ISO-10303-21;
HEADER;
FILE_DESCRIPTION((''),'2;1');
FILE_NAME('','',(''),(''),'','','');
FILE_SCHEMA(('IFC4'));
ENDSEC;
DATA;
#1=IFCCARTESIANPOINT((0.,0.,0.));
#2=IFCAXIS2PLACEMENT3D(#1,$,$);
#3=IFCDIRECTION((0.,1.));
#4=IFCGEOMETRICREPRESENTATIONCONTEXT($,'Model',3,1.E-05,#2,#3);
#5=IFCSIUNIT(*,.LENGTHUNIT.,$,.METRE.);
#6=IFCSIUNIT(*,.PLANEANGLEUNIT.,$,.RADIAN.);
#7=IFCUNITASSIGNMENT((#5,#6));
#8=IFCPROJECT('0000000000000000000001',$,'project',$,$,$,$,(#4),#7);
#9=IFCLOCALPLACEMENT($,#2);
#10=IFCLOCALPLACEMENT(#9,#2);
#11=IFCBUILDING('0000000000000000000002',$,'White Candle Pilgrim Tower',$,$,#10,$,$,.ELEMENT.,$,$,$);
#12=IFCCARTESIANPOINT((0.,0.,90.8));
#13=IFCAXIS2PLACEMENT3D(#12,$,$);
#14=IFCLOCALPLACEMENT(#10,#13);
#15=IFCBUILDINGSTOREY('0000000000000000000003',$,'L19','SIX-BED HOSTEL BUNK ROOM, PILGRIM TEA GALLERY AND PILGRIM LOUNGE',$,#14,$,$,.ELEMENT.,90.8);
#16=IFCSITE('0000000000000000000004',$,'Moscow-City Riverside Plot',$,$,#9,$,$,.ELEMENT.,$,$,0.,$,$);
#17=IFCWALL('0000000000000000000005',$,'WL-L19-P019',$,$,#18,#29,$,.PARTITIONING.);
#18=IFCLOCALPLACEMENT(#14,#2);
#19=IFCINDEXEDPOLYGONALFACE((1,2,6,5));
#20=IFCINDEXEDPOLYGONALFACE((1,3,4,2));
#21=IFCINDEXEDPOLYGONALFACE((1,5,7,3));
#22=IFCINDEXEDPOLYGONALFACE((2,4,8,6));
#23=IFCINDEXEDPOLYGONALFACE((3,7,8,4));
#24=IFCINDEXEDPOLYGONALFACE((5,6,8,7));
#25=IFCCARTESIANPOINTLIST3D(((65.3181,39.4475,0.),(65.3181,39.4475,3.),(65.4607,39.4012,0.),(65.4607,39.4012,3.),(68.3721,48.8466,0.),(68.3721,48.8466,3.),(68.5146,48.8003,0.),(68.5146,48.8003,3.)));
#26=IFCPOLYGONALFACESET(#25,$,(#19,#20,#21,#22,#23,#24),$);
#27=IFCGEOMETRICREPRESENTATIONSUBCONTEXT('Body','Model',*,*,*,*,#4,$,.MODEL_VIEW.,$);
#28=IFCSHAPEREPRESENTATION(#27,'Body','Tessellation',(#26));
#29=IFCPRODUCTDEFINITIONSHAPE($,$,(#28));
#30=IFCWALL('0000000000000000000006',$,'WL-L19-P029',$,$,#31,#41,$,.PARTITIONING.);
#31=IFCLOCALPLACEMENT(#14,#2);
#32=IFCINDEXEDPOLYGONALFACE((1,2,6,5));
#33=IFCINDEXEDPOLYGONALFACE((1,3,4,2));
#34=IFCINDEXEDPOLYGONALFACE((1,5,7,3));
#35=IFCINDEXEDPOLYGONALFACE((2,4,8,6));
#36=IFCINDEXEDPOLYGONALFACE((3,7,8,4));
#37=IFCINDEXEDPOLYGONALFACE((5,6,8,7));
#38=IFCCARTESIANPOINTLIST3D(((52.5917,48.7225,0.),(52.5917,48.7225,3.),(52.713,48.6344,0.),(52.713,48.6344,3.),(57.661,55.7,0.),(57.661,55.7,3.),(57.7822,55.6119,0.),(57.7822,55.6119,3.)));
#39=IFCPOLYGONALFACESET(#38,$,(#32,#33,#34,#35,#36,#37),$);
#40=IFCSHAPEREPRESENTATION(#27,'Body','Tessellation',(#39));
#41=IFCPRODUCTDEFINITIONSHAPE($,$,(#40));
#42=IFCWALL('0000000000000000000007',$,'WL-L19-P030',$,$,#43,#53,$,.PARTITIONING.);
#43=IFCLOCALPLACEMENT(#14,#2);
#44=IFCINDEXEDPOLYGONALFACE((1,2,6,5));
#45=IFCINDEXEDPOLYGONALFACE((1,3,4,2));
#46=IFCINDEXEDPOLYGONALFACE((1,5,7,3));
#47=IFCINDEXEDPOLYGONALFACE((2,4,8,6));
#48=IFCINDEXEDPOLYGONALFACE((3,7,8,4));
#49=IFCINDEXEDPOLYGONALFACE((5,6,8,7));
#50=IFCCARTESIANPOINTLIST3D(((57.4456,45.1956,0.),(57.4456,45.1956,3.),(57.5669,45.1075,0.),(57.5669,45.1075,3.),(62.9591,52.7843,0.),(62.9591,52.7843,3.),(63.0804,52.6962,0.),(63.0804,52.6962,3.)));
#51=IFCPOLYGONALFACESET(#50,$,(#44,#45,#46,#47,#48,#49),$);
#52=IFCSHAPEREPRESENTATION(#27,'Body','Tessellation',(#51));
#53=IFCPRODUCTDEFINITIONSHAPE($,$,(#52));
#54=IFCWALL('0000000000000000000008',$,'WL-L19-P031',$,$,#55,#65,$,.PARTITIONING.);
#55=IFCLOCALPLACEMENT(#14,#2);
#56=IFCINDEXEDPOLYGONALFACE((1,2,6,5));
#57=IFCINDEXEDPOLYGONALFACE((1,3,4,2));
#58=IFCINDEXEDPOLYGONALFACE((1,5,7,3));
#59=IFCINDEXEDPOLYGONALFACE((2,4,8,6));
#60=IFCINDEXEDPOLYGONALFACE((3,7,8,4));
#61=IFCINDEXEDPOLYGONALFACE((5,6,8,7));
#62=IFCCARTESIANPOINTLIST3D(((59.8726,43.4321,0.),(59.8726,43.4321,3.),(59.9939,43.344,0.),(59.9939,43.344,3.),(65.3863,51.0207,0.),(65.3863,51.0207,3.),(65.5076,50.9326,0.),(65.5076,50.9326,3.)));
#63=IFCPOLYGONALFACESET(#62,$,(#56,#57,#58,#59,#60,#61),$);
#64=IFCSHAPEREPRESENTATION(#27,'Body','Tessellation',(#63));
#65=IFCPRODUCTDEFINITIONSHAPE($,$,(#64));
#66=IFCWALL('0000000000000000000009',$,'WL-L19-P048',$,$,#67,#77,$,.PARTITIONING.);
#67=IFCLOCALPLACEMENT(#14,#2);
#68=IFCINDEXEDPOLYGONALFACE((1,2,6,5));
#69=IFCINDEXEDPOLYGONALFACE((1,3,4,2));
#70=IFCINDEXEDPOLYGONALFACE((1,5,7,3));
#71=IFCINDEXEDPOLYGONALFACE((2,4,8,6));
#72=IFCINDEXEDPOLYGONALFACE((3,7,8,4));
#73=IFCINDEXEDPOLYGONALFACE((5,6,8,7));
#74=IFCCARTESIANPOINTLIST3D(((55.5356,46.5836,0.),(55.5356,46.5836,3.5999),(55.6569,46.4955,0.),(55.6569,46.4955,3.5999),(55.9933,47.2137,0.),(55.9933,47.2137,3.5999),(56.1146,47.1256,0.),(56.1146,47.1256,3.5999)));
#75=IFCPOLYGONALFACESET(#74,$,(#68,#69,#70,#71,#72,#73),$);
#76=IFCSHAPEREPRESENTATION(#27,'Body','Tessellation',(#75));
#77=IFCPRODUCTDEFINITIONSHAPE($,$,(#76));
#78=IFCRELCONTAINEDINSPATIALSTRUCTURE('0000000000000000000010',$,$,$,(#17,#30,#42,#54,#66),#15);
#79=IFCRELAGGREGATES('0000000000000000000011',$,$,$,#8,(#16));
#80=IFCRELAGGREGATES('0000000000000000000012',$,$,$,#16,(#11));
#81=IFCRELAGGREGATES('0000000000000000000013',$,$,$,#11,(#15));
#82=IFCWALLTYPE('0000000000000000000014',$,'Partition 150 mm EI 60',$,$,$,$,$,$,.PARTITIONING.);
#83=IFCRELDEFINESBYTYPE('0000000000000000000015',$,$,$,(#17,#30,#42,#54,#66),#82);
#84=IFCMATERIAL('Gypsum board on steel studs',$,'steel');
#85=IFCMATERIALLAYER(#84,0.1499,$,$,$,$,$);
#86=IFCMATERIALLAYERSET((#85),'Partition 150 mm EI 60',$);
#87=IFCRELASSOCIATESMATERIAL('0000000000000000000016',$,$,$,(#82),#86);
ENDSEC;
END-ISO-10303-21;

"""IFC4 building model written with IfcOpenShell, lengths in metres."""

from ifc_helpers import new_model, si_unit, direction, frame, frame_2d, origin, place, context, subcontext, project, spatial, rectangle, extrude, material, layer, layer_set, type_object, element, save


model = new_model("IFC4")

# Units and contexts
model_context = context("Model", 3, precision=1e-05, world=origin(), true_north=direction((0.0, 1.0)))
body_context = subcontext(model_context, "Body", "Model", "MODEL_VIEW")
ifc_project = project(units=[si_unit("LENGTHUNIT", "METRE"), si_unit("PLANEANGLEUNIT", "RADIAN")], contexts=[model_context])

# Site, building, storey
site_placement = place(None, origin())
site = spatial("IfcSite", under=ifc_project, at=site_placement, Name="Moscow-City Riverside Plot", CompositionType="ELEMENT", RefElevation=0.0)
building_placement = place(site_placement, origin())
building = spatial("IfcBuilding", under=site, at=building_placement, Name="White Candle Pilgrim Tower", CompositionType="ELEMENT")
storey_placement = place(building_placement, frame((0.0, 0.0, 90.8)))
storey = spatial("IfcBuildingStorey", under=building, at=storey_placement, Name="L19", Description="SIX-BED HOSTEL BUNK ROOM, PILGRIM TEA GALLERY AND PILGRIM LOUNGE", CompositionType="ELEMENT", Elevation=90.8)

# Walls
ifc_material_1 = material(Name="Gypsum board on steel studs", Category="steel")
ifc_layer_1 = layer(ifc_material_1, 0.1499)
ifc_layer_set_1 = layer_set([ifc_layer_1], Name="Partition 150 mm EI 60")
wall_type_1 = type_object("IfcWallType", Name="Partition 150 mm EI 60", PredefinedType="PARTITIONING", material=ifc_layer_set_1)
wall_1_placement = place(storey_placement, frame((65.3894, 39.4243, 0.0), z_axis=(0.0, 0.0, 1.0), x_axis=(0.309015, 0.951057, 0.0)))
element("IfcWall", 1, at=wall_1_placement, inside=storey, type_object=wall_type_1, Name="WL-L19-P019", PredefinedType="PARTITIONING", context=body_context, shape_type="SweptSolid", body=[
    extrude(rectangle(XDim=9.8828, YDim=0.1499, at=frame_2d((4.9414, 0.0))), origin(), (0.0, 0.0, 1.0), 3.0),
])
wall_2_placement = place(storey_placement, frame((52.6523, 48.6785, 0.0), z_axis=(0.0, 0.0, 1.0), x_axis=(0.587774, 0.809025, 0.0)))
element("IfcWall", 2, at=wall_2_placement, inside=storey, type_object=wall_type_1, Name="WL-L19-P029", PredefinedType="PARTITIONING", context=body_context, shape_type="SweptSolid", body=[
    extrude(rectangle(XDim=8.6245, YDim=0.1499, at=frame_2d((4.3123, 0.0))), origin(), (0.0, 0.0, 1.0), 3.0),
])
for number, where, z_axis, x_axis, name in (
    (3, (57.5063, 45.1516, 0.0), (0.0, 0.0, 1.0), (0.587783, 0.809018, 0.0), "WL-L19-P030"),
    (4, (59.9333, 43.3882, 0.0), (0.0, 0.0, 1.0), (0.5878, 0.809006, 0.0), "WL-L19-P031"),
):
    element("IfcWall", number, at=place(storey_placement, frame(where, z_axis=z_axis, x_axis=x_axis)), inside=storey, type_object=wall_type_1, Name=name, PredefinedType="PARTITIONING", context=body_context, shape_type="SweptSolid", body=[
        extrude(rectangle(XDim=9.3801, YDim=0.1499, at=frame_2d((4.6899, 0.0))), origin(), (0.0, 0.0, 1.0), 3.0),
    ])
wall_3_placement = place(storey_placement, frame((56.054, 47.1697, 0.0), z_axis=(0.0, 0.0, 1.0), x_axis=(-0.587743, -0.809048, 0.0)))
element("IfcWall", 5, at=wall_3_placement, inside=storey, type_object=wall_type_1, Name="WL-L19-P048", PredefinedType="PARTITIONING", context=body_context, shape_type="SweptSolid", body=[
    extrude(rectangle(XDim=0.7788, YDim=0.1499, at=frame_2d((0.3894, 0.0))), origin(), (0.0, 0.0, 1.0), 3.5999),
])

save(model, "model.ifc")
